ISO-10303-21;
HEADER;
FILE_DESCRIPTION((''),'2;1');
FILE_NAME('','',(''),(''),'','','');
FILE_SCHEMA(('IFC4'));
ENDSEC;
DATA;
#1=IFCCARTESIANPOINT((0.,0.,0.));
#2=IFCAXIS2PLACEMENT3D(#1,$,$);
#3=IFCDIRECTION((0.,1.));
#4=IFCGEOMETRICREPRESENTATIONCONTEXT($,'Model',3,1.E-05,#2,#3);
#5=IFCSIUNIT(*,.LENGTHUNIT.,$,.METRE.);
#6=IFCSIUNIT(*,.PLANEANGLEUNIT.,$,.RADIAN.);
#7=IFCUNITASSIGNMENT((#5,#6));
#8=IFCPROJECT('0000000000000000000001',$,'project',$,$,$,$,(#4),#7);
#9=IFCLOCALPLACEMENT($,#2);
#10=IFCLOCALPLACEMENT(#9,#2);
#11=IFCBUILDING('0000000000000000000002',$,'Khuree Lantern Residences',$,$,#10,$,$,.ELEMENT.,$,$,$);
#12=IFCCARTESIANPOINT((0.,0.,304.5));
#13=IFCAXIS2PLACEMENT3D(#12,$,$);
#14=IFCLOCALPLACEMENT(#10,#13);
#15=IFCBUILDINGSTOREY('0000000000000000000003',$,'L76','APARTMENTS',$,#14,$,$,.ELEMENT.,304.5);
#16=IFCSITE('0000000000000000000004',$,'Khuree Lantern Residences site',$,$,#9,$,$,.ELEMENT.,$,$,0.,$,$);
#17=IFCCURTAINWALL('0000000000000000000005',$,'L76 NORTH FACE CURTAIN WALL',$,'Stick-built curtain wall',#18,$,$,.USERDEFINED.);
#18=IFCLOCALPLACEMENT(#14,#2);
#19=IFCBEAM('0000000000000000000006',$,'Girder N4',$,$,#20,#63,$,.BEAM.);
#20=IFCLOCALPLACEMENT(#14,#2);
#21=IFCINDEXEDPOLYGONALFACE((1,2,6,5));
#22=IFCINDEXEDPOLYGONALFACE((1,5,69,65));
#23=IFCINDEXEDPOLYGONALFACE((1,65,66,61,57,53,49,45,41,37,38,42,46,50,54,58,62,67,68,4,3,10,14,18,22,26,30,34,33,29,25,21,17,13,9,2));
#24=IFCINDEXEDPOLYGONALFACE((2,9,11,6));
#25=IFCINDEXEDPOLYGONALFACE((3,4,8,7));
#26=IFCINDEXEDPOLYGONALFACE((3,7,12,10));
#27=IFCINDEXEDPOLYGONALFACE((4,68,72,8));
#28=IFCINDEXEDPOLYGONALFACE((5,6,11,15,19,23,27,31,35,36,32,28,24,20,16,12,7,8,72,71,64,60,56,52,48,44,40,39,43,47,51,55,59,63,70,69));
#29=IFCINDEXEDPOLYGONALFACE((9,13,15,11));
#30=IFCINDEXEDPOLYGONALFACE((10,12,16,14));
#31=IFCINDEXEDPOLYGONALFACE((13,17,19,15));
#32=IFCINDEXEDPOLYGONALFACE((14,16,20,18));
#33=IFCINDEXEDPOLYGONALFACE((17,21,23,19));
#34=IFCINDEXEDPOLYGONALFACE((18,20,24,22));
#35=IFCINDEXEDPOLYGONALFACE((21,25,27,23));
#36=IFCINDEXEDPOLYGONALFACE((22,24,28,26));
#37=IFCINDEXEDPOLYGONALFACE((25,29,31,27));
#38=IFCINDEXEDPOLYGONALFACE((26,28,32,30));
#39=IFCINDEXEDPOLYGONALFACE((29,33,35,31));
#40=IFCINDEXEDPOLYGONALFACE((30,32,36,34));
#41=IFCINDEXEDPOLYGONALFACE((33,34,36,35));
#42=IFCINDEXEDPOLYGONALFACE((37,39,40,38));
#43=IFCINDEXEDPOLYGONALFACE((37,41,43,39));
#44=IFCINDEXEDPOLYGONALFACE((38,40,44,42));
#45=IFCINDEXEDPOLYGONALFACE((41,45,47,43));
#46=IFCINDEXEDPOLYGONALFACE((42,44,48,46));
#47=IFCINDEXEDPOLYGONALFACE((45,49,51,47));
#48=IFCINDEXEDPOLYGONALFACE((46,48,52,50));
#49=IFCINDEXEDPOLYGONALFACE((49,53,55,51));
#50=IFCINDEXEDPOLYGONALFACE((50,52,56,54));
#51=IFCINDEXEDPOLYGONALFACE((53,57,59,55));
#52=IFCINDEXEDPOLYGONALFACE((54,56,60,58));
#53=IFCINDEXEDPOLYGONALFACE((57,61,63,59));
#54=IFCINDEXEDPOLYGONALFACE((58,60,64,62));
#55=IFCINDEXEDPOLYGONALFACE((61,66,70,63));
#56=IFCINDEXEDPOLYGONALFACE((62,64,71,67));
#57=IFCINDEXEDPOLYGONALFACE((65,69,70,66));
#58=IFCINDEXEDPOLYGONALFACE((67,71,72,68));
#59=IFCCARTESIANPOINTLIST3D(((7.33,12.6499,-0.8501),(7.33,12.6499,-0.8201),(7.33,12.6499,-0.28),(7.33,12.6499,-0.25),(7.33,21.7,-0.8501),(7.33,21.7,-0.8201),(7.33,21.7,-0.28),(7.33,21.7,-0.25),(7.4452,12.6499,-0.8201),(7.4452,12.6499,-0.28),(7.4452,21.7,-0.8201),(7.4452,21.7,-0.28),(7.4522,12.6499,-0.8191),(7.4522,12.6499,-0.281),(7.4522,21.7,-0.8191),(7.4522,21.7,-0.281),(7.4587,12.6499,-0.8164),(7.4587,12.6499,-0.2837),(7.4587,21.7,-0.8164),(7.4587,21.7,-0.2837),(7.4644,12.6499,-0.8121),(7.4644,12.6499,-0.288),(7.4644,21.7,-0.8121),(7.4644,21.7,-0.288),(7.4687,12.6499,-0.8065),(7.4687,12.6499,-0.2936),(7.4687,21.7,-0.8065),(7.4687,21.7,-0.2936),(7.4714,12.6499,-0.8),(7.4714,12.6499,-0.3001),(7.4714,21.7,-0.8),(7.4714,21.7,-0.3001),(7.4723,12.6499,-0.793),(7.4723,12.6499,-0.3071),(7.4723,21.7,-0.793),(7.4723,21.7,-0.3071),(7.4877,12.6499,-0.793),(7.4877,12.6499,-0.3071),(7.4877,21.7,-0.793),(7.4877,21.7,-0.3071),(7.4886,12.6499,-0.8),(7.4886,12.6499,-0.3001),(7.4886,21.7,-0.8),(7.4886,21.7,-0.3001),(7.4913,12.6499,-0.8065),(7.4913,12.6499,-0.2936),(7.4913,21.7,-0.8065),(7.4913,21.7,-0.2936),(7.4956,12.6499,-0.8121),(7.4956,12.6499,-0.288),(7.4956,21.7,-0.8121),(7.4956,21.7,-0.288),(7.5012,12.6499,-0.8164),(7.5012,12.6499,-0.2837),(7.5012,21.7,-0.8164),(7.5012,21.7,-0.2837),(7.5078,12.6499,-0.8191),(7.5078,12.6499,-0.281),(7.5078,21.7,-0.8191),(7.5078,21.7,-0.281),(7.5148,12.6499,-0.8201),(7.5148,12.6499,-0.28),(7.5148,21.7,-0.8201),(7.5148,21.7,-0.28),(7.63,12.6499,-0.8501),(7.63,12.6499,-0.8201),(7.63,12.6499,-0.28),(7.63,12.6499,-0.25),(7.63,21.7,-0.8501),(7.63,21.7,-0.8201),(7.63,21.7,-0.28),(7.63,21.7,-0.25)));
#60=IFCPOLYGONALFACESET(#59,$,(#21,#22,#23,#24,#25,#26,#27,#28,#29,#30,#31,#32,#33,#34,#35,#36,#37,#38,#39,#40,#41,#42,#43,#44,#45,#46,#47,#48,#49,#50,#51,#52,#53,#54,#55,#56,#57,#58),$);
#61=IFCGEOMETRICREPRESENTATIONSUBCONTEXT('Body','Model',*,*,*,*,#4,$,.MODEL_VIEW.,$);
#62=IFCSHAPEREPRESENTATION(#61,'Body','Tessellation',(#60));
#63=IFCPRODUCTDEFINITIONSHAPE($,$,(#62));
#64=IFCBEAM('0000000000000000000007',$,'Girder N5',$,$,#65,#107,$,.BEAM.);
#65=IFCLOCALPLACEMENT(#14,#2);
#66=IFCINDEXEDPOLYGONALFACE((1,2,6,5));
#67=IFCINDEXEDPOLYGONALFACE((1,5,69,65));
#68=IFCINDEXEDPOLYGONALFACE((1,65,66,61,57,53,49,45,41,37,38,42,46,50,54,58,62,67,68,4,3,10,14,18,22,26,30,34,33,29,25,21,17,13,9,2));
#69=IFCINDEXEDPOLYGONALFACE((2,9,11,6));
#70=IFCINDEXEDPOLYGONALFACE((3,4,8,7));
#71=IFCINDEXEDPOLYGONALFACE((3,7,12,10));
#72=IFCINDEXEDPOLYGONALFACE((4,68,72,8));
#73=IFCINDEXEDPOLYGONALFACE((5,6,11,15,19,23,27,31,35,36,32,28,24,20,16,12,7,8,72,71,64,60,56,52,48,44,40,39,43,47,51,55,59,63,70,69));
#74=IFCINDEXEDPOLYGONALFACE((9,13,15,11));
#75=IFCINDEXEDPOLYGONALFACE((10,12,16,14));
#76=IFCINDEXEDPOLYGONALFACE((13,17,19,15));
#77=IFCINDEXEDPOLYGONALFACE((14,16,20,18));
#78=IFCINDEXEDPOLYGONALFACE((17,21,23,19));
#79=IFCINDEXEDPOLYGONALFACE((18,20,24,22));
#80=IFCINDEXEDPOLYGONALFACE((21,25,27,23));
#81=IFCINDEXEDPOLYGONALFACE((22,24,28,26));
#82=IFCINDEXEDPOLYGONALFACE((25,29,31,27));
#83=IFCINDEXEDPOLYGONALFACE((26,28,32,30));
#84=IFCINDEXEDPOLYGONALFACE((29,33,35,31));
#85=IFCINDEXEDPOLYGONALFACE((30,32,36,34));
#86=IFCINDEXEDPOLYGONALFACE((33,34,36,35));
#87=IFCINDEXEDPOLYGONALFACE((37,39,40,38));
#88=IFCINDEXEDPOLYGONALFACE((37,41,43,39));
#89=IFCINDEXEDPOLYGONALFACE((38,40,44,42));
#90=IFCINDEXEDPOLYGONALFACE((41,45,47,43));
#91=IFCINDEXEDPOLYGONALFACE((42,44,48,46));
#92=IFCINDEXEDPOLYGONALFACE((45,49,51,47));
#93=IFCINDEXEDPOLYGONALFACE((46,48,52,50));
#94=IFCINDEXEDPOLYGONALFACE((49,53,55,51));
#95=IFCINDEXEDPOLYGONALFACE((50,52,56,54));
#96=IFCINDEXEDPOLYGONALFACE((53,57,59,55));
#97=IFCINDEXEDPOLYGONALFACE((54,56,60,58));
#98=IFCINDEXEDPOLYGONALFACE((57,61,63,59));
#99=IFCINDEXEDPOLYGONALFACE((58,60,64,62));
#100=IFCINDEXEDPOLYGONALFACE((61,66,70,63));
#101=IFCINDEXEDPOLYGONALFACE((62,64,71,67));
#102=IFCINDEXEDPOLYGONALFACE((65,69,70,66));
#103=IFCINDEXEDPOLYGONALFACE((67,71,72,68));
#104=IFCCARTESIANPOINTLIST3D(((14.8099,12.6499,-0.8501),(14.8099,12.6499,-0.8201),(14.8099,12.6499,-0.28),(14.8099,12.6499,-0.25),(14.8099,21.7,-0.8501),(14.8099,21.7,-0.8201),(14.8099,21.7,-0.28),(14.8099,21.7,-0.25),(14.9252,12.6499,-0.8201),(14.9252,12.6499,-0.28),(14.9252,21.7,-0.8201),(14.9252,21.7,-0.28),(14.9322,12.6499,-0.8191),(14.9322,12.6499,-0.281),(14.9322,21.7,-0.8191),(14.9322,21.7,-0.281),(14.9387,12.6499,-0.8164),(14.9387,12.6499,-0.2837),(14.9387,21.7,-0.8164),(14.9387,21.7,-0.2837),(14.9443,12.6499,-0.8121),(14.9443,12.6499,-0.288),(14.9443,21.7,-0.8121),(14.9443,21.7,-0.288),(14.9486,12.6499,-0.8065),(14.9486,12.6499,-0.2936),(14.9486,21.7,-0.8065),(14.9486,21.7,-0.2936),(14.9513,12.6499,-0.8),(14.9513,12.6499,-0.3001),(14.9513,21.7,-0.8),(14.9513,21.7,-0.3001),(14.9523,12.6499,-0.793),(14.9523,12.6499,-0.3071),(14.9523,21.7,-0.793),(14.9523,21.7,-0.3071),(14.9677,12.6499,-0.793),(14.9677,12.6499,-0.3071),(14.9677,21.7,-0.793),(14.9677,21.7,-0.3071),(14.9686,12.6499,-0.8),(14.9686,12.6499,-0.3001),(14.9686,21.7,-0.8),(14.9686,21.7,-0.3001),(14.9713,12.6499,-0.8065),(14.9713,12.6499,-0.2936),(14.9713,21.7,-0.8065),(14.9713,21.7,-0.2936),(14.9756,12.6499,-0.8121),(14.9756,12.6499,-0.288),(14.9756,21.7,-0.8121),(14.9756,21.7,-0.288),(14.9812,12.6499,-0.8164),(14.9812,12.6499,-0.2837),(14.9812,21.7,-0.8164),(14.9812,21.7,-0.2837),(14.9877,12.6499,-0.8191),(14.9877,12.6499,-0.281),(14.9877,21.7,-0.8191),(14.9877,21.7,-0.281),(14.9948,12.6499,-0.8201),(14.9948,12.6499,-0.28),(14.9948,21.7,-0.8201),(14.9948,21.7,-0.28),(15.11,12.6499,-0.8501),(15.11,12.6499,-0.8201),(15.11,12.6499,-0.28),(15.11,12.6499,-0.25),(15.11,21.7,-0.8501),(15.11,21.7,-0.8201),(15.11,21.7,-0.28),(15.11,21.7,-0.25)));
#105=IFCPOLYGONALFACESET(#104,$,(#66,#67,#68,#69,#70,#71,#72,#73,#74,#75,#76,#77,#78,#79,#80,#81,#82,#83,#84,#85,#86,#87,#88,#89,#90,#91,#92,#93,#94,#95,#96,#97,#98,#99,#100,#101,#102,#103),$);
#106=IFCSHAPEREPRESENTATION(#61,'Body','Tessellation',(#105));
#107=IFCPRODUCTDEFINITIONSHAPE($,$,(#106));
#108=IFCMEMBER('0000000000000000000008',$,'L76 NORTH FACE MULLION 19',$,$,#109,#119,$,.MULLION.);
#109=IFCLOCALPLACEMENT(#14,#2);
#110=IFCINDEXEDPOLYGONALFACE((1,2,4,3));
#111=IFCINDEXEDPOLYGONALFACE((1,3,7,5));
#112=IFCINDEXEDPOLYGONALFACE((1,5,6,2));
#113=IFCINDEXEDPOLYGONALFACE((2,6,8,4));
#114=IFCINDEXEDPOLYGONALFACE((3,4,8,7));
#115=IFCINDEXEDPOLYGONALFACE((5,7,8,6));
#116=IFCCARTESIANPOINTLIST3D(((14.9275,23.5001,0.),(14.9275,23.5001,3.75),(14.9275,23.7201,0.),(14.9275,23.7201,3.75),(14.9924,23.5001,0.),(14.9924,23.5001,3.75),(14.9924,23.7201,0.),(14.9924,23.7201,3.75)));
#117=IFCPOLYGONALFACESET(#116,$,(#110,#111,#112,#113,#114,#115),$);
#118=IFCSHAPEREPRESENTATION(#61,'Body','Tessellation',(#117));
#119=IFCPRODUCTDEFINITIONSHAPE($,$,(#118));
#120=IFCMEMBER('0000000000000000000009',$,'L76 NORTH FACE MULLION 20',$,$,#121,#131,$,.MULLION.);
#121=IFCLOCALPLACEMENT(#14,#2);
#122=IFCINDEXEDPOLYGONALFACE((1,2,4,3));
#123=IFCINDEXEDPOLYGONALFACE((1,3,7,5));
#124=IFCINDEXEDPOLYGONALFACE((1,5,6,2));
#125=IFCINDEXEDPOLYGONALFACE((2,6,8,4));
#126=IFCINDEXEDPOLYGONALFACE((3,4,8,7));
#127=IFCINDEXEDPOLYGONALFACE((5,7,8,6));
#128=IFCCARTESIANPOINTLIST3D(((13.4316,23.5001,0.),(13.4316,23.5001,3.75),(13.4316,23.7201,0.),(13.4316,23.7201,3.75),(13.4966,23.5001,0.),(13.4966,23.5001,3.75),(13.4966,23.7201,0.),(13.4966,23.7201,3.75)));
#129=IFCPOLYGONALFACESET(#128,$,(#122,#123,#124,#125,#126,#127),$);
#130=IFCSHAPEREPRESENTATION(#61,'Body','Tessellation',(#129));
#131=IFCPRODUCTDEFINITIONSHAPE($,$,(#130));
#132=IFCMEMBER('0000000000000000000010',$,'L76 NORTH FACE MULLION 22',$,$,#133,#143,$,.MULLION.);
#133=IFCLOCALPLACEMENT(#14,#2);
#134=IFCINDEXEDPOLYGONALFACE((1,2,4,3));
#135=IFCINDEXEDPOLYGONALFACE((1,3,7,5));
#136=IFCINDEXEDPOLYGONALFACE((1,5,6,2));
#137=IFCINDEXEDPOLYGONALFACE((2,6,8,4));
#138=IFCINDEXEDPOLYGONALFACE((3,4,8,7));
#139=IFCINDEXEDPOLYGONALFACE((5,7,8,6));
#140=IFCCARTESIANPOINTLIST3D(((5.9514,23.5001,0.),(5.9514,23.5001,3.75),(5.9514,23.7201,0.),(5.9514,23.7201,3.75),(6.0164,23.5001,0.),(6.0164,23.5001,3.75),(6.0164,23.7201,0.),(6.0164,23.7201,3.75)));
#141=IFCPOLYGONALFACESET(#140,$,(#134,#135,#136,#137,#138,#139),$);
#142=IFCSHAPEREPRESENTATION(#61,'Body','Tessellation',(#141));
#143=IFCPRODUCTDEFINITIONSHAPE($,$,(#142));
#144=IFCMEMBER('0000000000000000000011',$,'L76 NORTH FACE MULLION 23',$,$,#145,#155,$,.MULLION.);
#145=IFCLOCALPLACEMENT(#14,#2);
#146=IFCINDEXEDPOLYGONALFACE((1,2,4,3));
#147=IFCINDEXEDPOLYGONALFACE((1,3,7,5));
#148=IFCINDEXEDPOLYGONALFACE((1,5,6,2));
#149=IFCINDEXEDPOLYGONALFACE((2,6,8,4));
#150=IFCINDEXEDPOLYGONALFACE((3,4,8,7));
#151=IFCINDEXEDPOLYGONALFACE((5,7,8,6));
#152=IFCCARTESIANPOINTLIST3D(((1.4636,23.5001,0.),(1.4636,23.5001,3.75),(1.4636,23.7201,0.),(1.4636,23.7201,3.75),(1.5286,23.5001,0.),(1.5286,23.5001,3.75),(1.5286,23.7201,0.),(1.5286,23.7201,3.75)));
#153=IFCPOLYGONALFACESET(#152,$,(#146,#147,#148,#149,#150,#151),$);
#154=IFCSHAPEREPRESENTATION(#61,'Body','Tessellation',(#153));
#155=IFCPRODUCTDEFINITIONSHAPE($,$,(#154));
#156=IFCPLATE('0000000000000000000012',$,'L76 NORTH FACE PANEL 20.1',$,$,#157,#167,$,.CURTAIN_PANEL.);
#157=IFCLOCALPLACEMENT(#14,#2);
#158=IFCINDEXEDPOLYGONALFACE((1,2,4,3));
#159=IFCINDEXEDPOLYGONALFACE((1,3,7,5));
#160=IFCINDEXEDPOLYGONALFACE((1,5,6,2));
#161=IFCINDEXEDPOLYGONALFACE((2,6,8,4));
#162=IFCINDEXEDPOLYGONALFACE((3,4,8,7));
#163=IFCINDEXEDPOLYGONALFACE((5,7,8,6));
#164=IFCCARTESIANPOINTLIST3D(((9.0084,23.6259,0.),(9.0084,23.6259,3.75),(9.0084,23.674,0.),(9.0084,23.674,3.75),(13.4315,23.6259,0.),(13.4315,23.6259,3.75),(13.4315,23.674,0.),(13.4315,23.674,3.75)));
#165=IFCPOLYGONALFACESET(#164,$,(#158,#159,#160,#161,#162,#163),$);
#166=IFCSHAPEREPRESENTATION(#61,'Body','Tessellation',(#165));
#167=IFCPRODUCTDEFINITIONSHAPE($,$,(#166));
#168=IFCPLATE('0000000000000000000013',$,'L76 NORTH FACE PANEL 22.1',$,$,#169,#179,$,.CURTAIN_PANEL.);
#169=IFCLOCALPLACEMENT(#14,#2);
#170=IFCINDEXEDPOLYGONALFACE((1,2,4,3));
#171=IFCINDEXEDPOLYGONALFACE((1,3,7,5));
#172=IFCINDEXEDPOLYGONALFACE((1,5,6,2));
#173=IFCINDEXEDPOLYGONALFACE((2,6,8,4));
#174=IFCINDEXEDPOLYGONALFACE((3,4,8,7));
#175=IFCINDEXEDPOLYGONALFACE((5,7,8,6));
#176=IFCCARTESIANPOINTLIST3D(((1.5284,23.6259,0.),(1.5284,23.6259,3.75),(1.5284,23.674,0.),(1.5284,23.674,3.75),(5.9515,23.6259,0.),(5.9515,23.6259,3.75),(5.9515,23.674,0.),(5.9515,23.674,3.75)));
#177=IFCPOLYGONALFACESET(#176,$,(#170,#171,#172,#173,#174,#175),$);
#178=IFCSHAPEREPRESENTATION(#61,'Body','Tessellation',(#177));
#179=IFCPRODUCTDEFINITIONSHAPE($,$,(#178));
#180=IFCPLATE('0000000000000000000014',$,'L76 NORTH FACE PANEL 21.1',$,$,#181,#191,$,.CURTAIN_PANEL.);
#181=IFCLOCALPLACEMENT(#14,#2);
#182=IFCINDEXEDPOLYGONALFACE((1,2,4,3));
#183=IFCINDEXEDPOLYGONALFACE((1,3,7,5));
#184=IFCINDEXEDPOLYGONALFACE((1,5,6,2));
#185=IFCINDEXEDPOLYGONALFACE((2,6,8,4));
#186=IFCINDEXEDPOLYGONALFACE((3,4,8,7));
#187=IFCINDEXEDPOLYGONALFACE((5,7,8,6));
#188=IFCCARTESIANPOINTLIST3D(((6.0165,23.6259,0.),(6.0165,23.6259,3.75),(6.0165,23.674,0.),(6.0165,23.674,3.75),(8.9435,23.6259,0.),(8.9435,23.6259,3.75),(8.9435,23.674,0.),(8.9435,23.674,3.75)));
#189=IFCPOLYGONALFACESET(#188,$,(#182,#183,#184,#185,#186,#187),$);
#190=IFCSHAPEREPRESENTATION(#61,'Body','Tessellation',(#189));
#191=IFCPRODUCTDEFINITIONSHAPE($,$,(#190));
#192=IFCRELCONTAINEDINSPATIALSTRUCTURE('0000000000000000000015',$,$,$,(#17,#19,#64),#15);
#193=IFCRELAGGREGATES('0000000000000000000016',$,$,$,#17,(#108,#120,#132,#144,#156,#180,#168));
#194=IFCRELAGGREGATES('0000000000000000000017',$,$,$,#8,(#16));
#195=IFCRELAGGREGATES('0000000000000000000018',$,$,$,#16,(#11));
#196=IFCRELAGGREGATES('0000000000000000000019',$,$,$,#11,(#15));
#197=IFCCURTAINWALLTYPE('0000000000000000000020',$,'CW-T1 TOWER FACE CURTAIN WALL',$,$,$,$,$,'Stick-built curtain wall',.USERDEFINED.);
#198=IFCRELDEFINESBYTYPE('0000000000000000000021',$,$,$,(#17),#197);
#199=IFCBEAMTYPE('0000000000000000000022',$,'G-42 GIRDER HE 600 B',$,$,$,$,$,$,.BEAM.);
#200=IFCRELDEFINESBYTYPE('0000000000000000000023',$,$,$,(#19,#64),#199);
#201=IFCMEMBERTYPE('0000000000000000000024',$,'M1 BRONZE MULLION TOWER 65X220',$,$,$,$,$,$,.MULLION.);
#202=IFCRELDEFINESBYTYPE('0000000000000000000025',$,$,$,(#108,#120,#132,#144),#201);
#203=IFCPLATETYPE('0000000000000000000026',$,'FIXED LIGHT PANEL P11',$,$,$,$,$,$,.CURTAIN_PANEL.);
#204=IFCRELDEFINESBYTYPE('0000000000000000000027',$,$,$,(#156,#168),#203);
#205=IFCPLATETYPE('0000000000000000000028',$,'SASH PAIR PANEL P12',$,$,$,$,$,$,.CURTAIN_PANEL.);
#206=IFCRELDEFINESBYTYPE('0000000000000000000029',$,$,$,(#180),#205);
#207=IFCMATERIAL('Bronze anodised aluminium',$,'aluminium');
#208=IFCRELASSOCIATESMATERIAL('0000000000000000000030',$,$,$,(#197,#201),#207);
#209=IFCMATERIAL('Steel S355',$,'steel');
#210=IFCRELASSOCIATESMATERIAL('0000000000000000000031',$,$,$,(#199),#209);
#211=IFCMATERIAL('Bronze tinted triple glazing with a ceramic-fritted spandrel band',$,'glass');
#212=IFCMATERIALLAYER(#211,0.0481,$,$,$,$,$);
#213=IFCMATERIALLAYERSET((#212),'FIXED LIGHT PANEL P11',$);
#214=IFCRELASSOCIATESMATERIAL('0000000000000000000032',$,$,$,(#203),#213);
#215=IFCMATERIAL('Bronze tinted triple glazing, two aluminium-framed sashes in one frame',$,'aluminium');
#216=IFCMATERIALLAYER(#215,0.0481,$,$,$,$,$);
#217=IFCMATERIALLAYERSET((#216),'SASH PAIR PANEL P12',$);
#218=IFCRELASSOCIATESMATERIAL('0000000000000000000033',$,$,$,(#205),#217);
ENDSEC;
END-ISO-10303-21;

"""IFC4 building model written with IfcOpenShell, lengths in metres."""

from ifc_helpers import new_model, si_unit, direction, frame, origin, origin_2d, place, context, subcontext, project, spatial, rectangle, i_section, extrude, material, layer, layer_set, material_profile, profile_set, type_object, element, aggregate, save


model = new_model("IFC4")

# Units and contexts
model_context = context("Model", 3, precision=1e-05, world=origin(), true_north=direction((0.0, 1.0)))
body_context = subcontext(model_context, "Body", "Model", "MODEL_VIEW")
ifc_project = project(units=[si_unit("LENGTHUNIT", "METRE"), si_unit("PLANEANGLEUNIT", "RADIAN")], contexts=[model_context])

# Site, building, storey
site_placement = place(None, origin())
site = spatial("IfcSite", under=ifc_project, at=site_placement, Name="Khuree Lantern Residences site", CompositionType="ELEMENT", RefElevation=0.0)
building_placement = place(site_placement, origin())
building = spatial("IfcBuilding", under=site, at=building_placement, Name="Khuree Lantern Residences", CompositionType="ELEMENT")
storey_placement = place(building_placement, frame((0.0, 0.0, 304.5)))
storey = spatial("IfcBuildingStorey", under=building, at=storey_placement, Name="L76", Description="APARTMENTS", CompositionType="ELEMENT", Elevation=304.5)

# Shared definitions
ifc_material_1 = material(Name="Steel S355", Category="steel")

# Curtain wall
ifc_material_2 = material(Name="Bronze anodised aluminium", Category="aluminium")
curtain_wall_type = type_object("IfcCurtainWallType", Name="CW-T1 TOWER FACE CURTAIN WALL", ElementType="Stick-built curtain wall", PredefinedType="USERDEFINED", material=ifc_material_2)
curtain_wall_placement = place(storey_placement, origin())
curtain_wall = element("IfcCurtainWall", 1, at=curtain_wall_placement, inside=storey, type_object=curtain_wall_type, Name="L76 NORTH FACE CURTAIN WALL", ObjectType="Stick-built curtain wall", PredefinedType="USERDEFINED")

# Beams
ifc_material_profile_1 = material_profile(ifc_material_1, i_section(OverallWidth=0.3, OverallDepth=0.6001, WebThickness=0.0154, FlangeThickness=0.03, FilletRadius=0.0271, at=origin_2d()), Name="HE 600 B")
ifc_profile_set_1 = profile_set([ifc_material_profile_1], Name="Steel S355")
beam_type_1 = type_object("IfcBeamType", Name="G-42 GIRDER HE 600 B", PredefinedType="BEAM", material=ifc_profile_set_1)
for number, where, z_axis, x_axis, name in (
    (2, (7.48, 21.7, -0.55), (0.0, -1.0, 0.0), (1.0, 0.0, 0.0), "Girder N4"),
    (3, (14.96, 21.7, -0.55), (0.0, -1.0, 0.0), (1.0, 0.0, 0.0), "Girder N5"),
):
    element("IfcBeam", number, at=place(storey_placement, frame(where, z_axis=z_axis, x_axis=x_axis)), inside=storey, type_object=beam_type_1, Name=name, PredefinedType="BEAM", context=body_context, shape_type="SweptSolid", body=[
        extrude(i_section(OverallWidth=0.3, OverallDepth=0.6001, WebThickness=0.0154, FlangeThickness=0.03, FilletRadius=0.0271, at=origin_2d()), origin(), (0.0, 0.0, 1.0), 9.05),
    ])

# Members
ifc_material_profile_2 = material_profile(ifc_material_2, rectangle(XDim=0.0649, YDim=0.22, at=origin_2d()), Name="M1 65X220")
ifc_profile_set_2 = profile_set([ifc_material_profile_2], Name="Bronze anodised aluminium")
member_type_1 = type_object("IfcMemberType", Name="M1 BRONZE MULLION TOWER 65X220", PredefinedType="MULLION", material=ifc_profile_set_2)
member_1_placement = place(storey_placement, frame((14.96, 23.6101, 0.0), z_axis=(0.0, 0.0, 1.0), x_axis=(-1.0, 0.0, 0.0)))
member_1 = element("IfcMember", 4, at=member_1_placement, type_object=member_type_1, Name="L76 NORTH FACE MULLION 19", PredefinedType="MULLION", context=body_context, shape_type="SweptSolid", body=[
    extrude(rectangle(XDim=0.0649, YDim=0.22, at=origin_2d()), origin(), (0.0, 0.0, 1.0), 3.75),
])
member_2_placement = place(storey_placement, frame((13.4641, 23.6101, 0.0), z_axis=(0.0, 0.0, 1.0), x_axis=(-1.0, 0.0, 0.0)))
member_2 = element("IfcMember", 5, at=member_2_placement, type_object=member_type_1, Name="L76 NORTH FACE MULLION 20", PredefinedType="MULLION", context=body_context, shape_type="SweptSolid", body=[
    extrude(rectangle(XDim=0.0649, YDim=0.22, at=origin_2d()), origin(), (0.0, 0.0, 1.0), 3.75),
])
member_3_placement = place(storey_placement, frame((5.9839, 23.6101, 0.0), z_axis=(0.0, 0.0, 1.0), x_axis=(-1.0, 0.0, 0.0)))
member_3 = element("IfcMember", 6, at=member_3_placement, type_object=member_type_1, Name="L76 NORTH FACE MULLION 22", PredefinedType="MULLION", context=body_context, shape_type="SweptSolid", body=[
    extrude(rectangle(XDim=0.0649, YDim=0.22, at=origin_2d()), origin(), (0.0, 0.0, 1.0), 3.75),
])
member_4_placement = place(storey_placement, frame((1.4961, 23.6101, 0.0), z_axis=(0.0, 0.0, 1.0), x_axis=(-1.0, 0.0, 0.0)))
member_4 = element("IfcMember", 7, at=member_4_placement, type_object=member_type_1, Name="L76 NORTH FACE MULLION 23", PredefinedType="MULLION", context=body_context, shape_type="SweptSolid", body=[
    extrude(rectangle(XDim=0.0649, YDim=0.22, at=origin_2d()), origin(), (0.0, 0.0, 1.0), 3.75),
])

# Plates
ifc_material_3 = material(Name="Bronze tinted triple glazing with a ceramic-fritted spandrel band", Category="glass")
ifc_layer_1 = layer(ifc_material_3, 0.0481)
ifc_layer_set_1 = layer_set([ifc_layer_1], Name="FIXED LIGHT PANEL P11")
plate_type_1 = type_object("IfcPlateType", Name="FIXED LIGHT PANEL P11", PredefinedType="CURTAIN_PANEL", material=ifc_layer_set_1)
plate_1_placement = place(storey_placement, frame((11.22, 23.6499, 0.0), z_axis=(0.0, 0.0, 1.0), x_axis=(-1.0, 0.0, 0.0)))
plate_1 = element("IfcPlate", 8, at=plate_1_placement, type_object=plate_type_1, Name="L76 NORTH FACE PANEL 20.1", PredefinedType="CURTAIN_PANEL", context=body_context, shape_type="SweptSolid", body=[
    extrude(rectangle(XDim=4.4231, YDim=0.0481, at=origin_2d()), origin(), (0.0, 0.0, 1.0), 3.75),
])
plate_2_placement = place(storey_placement, frame((3.74, 23.6499, 0.0), z_axis=(0.0, 0.0, 1.0), x_axis=(-1.0, 0.0, 0.0)))
plate_2 = element("IfcPlate", 9, at=plate_2_placement, type_object=plate_type_1, Name="L76 NORTH FACE PANEL 22.1", PredefinedType="CURTAIN_PANEL", context=body_context, shape_type="SweptSolid", body=[
    extrude(rectangle(XDim=4.4231, YDim=0.0481, at=origin_2d()), origin(), (0.0, 0.0, 1.0), 3.75),
])
ifc_material_4 = material(Name="Bronze tinted triple glazing, two aluminium-framed sashes in one frame", Category="aluminium")
ifc_layer_2 = layer(ifc_material_4, 0.0481)
ifc_layer_set_2 = layer_set([ifc_layer_2], Name="SASH PAIR PANEL P12")
plate_type_2 = type_object("IfcPlateType", Name="SASH PAIR PANEL P12", PredefinedType="CURTAIN_PANEL", material=ifc_layer_set_2)
plate_3_placement = place(storey_placement, frame((7.48, 23.6499, 0.0), z_axis=(0.0, 0.0, 1.0), x_axis=(-1.0, 0.0, 0.0)))
plate_3 = element("IfcPlate", 10, at=plate_3_placement, type_object=plate_type_2, Name="L76 NORTH FACE PANEL 21.1", PredefinedType="CURTAIN_PANEL", context=body_context, shape_type="SweptSolid", body=[
    extrude(rectangle(XDim=2.927, YDim=0.0481, at=origin_2d()), origin(), (0.0, 0.0, 1.0), 3.75),
])
aggregate(curtain_wall, [member_1, member_2, member_3, member_4, plate_1, plate_3, plate_2])

save(model, "model.ifc")
